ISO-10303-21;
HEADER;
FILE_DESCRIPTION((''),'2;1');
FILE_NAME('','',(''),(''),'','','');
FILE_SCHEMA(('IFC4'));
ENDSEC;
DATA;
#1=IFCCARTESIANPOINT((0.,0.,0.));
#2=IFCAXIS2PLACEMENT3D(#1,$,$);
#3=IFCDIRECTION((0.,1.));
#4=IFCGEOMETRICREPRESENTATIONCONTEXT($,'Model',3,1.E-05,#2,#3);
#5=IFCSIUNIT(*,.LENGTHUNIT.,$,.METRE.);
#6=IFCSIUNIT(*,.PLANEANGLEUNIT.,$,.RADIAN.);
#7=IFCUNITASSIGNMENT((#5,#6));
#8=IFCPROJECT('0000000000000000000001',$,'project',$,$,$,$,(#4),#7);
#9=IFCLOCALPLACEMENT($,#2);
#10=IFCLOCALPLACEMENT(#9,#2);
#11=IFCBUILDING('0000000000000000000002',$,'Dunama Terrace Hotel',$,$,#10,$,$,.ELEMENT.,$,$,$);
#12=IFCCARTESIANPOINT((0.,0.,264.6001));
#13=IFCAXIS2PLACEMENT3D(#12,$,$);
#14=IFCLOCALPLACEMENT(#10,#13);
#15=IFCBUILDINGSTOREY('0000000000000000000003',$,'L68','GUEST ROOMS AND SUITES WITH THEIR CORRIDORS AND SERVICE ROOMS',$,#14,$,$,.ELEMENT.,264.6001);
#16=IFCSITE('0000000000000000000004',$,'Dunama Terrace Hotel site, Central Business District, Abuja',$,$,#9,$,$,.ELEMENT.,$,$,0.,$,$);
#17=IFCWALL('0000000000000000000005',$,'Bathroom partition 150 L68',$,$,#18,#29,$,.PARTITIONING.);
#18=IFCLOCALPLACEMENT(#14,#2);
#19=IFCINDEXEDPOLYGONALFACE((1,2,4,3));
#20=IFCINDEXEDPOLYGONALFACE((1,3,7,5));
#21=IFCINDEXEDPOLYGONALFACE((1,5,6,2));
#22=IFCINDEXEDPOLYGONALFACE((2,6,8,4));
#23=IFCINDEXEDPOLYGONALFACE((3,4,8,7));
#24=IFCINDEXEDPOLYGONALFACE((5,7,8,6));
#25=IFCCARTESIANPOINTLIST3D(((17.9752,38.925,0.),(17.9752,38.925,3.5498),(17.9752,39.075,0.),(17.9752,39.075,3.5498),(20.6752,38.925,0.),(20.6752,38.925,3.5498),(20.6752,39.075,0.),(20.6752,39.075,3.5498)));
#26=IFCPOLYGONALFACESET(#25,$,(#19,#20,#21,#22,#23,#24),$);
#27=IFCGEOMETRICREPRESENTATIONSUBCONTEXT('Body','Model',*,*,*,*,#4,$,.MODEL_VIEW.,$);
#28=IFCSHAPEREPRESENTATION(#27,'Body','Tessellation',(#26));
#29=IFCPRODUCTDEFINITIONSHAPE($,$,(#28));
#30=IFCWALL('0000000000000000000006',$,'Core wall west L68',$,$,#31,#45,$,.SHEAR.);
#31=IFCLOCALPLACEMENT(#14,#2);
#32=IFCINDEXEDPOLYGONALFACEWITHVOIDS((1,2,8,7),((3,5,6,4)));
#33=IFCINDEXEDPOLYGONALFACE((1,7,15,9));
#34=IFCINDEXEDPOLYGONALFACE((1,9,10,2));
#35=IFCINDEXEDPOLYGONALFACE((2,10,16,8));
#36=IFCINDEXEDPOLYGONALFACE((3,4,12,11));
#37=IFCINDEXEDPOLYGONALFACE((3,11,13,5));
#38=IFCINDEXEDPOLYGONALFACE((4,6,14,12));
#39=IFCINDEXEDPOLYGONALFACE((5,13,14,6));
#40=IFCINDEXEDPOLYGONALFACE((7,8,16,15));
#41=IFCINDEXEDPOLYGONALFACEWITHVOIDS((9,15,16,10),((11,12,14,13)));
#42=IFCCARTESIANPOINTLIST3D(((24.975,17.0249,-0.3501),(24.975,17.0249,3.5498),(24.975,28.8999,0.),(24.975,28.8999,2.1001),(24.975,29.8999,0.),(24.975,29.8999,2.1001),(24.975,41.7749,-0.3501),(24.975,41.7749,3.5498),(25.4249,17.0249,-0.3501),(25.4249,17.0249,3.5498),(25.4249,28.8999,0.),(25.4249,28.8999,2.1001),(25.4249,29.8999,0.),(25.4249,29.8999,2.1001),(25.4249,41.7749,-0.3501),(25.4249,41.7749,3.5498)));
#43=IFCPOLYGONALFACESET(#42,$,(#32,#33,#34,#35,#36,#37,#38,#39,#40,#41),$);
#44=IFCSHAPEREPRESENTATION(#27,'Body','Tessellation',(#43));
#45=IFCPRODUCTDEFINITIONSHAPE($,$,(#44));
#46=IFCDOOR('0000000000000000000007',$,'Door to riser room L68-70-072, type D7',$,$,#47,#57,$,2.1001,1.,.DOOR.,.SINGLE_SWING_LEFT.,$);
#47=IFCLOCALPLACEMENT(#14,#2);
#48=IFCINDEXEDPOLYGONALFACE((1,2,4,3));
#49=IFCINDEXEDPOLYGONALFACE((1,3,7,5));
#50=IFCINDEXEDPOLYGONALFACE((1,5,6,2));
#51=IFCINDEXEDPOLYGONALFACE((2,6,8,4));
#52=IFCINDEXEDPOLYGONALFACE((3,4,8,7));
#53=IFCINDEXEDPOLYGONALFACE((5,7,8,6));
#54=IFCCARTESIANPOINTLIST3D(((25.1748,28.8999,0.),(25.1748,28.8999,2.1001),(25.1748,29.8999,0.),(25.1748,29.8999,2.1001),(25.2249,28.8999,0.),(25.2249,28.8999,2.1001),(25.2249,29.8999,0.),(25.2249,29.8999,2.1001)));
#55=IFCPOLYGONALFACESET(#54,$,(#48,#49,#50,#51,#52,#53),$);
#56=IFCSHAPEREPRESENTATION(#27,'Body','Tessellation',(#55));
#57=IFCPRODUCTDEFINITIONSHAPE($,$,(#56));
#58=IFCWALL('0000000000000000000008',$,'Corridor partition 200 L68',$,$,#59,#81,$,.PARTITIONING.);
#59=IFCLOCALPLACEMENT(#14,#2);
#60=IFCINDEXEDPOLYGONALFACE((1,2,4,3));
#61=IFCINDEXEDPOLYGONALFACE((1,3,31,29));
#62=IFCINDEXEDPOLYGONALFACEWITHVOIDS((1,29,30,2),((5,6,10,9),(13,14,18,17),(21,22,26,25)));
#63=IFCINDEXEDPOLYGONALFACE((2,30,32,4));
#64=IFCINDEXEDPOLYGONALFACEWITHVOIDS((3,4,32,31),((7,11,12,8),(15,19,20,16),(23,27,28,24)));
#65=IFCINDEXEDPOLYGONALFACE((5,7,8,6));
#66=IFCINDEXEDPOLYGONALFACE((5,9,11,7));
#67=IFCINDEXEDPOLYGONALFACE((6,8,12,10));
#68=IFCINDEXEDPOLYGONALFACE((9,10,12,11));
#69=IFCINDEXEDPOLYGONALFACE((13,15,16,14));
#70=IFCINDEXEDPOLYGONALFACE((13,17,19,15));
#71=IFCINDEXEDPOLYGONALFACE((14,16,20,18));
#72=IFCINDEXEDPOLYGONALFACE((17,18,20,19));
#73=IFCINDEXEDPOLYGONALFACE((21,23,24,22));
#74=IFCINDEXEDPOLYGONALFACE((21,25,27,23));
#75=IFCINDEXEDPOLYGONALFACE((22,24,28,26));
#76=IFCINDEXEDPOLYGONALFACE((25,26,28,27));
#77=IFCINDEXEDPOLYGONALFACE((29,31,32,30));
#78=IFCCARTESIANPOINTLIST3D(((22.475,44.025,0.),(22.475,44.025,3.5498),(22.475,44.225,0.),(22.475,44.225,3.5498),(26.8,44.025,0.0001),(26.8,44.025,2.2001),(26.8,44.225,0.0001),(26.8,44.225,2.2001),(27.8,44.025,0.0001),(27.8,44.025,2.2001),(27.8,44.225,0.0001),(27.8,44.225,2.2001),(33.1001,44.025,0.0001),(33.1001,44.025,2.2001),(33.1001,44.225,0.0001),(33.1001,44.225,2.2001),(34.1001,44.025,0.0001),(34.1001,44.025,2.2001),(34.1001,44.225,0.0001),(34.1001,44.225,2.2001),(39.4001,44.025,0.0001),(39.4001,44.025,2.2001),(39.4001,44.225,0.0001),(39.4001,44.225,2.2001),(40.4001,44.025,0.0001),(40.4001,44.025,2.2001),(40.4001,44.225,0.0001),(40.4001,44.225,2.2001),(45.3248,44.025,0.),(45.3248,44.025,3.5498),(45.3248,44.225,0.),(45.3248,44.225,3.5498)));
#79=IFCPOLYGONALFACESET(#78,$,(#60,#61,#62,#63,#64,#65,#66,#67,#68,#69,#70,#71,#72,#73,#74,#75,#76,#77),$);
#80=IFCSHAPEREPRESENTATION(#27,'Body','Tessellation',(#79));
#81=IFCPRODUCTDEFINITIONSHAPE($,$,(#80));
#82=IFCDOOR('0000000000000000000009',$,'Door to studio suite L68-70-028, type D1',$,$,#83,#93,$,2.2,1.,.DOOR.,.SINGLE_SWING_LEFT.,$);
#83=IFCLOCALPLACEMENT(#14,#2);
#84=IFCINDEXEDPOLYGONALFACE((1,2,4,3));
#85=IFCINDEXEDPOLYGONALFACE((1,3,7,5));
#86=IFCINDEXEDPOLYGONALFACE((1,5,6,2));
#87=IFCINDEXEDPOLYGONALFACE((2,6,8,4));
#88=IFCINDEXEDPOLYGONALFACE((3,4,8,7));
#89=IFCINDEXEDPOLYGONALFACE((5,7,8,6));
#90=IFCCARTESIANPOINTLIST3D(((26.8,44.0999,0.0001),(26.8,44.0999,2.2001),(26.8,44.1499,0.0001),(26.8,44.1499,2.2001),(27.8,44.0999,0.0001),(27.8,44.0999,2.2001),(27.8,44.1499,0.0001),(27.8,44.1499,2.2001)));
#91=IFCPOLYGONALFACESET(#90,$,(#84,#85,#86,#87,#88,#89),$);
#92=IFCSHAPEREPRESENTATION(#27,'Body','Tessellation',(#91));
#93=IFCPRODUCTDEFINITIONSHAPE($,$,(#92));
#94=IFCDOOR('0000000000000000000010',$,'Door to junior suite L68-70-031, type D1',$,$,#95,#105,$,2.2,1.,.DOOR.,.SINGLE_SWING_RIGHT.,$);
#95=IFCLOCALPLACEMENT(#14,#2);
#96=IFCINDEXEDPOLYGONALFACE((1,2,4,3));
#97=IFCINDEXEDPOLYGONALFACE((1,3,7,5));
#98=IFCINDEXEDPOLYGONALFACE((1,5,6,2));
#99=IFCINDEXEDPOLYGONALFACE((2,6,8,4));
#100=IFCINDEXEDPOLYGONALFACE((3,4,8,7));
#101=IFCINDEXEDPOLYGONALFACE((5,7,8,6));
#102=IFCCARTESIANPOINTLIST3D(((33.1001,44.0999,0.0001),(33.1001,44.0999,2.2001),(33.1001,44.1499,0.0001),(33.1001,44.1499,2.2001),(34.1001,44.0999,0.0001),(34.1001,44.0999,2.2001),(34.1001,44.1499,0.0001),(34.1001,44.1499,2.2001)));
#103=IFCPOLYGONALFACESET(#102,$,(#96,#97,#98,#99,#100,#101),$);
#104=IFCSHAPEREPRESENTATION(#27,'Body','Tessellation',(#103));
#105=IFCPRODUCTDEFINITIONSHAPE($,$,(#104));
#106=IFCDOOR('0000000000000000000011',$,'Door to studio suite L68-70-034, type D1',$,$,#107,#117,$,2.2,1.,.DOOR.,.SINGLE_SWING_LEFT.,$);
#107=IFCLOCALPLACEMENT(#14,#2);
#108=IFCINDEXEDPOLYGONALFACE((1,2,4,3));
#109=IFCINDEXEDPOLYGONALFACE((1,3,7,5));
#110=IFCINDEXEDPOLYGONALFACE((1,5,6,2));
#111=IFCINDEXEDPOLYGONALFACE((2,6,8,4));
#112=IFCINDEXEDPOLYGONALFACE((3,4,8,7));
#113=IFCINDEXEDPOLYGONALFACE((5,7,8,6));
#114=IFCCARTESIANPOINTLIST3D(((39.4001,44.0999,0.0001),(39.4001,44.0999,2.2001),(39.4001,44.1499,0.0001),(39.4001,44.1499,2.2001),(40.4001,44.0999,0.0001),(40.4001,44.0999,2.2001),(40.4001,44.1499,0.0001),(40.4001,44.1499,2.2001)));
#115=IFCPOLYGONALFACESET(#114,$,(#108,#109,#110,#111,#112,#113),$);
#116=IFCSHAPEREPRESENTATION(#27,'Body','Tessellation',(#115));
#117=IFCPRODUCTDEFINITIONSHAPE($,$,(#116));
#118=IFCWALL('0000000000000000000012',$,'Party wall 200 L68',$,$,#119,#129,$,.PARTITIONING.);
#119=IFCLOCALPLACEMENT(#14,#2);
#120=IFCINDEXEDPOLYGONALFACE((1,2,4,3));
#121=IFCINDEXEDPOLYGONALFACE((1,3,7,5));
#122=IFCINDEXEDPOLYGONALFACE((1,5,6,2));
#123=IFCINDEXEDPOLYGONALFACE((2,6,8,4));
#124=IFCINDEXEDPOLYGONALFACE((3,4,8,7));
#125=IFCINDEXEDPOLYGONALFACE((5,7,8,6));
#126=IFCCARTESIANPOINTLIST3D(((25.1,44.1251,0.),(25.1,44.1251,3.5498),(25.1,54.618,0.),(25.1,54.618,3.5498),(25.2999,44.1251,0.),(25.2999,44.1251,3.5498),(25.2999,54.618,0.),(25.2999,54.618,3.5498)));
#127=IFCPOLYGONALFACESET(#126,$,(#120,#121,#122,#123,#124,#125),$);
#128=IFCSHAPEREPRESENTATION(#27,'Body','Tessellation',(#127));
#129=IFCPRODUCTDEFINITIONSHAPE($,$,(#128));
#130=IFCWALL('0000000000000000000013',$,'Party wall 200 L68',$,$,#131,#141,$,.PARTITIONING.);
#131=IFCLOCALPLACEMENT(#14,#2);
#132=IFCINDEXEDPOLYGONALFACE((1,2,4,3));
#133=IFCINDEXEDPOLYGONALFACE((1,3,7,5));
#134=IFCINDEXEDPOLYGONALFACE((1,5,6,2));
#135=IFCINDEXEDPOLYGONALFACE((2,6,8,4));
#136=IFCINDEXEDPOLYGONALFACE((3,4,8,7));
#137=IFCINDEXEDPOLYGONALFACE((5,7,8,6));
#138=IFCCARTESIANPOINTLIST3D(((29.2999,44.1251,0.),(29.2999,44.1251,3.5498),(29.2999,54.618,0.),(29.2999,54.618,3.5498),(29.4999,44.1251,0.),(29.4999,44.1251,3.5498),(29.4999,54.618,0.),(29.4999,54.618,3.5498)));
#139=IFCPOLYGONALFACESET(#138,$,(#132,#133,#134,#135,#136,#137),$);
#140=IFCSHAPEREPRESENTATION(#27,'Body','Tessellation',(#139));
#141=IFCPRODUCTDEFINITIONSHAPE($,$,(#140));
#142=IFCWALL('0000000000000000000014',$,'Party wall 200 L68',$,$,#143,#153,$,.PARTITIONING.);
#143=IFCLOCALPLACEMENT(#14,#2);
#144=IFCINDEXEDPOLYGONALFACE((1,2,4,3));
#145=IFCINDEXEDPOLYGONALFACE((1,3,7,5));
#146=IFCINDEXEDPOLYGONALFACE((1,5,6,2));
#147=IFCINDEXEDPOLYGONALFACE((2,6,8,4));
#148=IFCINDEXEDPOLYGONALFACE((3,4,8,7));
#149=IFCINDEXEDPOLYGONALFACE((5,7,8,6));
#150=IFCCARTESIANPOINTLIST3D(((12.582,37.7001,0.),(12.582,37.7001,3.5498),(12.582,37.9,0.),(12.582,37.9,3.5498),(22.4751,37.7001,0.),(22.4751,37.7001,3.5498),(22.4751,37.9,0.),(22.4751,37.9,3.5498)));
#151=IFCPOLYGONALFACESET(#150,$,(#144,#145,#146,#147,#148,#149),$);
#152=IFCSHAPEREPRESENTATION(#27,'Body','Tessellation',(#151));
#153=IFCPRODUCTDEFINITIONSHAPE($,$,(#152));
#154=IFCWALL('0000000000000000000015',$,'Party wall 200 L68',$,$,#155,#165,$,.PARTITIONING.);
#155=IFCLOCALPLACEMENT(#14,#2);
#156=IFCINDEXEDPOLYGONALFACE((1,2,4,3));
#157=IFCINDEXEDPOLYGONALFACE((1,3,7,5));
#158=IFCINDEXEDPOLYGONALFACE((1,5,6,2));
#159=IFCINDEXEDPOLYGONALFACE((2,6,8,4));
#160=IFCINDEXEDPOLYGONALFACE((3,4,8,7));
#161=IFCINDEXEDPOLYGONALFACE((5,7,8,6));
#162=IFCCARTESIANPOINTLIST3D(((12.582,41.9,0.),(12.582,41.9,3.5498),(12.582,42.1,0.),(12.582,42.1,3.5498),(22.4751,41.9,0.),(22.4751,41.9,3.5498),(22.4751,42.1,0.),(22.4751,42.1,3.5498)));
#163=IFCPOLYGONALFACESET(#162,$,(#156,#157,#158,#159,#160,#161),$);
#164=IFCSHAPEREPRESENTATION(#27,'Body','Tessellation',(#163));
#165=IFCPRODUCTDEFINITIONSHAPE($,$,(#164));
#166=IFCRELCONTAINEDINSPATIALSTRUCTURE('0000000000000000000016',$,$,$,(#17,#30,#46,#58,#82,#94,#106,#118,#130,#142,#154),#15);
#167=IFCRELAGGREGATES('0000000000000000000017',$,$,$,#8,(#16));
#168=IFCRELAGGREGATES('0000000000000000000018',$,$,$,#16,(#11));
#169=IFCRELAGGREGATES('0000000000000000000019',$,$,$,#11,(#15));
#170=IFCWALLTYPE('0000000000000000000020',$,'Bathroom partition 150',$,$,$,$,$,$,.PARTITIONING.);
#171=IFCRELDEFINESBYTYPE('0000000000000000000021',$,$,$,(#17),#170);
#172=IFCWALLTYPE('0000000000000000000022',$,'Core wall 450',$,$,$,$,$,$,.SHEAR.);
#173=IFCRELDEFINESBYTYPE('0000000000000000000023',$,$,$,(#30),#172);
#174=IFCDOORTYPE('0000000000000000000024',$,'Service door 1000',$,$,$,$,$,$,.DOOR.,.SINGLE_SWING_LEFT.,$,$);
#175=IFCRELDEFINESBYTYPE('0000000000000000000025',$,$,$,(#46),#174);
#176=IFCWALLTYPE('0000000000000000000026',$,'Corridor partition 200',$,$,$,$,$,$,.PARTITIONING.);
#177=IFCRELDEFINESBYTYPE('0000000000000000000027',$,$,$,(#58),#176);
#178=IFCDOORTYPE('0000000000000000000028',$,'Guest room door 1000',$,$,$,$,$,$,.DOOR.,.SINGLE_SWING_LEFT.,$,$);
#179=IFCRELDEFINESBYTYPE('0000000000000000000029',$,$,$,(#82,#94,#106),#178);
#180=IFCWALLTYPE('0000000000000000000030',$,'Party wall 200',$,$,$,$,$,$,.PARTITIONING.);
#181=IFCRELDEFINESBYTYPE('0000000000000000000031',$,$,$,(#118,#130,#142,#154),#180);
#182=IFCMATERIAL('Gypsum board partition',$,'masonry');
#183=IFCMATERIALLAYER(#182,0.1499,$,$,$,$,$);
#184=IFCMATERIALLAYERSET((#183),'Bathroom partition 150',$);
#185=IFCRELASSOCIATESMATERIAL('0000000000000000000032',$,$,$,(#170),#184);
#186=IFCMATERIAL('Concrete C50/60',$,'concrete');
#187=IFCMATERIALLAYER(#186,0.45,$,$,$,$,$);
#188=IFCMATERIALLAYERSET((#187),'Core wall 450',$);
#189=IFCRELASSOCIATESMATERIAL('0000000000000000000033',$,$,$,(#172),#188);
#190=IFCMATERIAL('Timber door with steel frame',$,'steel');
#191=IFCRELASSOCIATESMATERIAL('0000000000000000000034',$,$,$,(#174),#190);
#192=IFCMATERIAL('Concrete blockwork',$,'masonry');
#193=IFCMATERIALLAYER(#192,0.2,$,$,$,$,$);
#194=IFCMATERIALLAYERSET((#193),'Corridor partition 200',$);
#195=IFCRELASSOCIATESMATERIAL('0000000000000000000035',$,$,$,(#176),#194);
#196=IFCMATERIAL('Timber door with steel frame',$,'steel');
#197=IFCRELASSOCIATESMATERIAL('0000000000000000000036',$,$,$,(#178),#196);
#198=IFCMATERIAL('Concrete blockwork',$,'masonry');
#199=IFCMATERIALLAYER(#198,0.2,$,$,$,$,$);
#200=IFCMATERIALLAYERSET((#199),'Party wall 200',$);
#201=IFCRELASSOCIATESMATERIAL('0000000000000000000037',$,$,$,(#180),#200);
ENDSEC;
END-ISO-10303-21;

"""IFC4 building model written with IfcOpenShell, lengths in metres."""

from ifc_helpers import new_model, si_unit, direction, frame, frame_2d, origin, place, context, subcontext, project, spatial, rectangle, extrude, material, layer, layer_set, type_object, element, fill, save


model = new_model("IFC4")

# Units and contexts
model_context = context("Model", 3, precision=1e-05, world=origin(), true_north=direction((0.0, 1.0)))
body_context = subcontext(model_context, "Body", "Model", "MODEL_VIEW")
ifc_project = project(units=[si_unit("LENGTHUNIT", "METRE"), si_unit("PLANEANGLEUNIT", "RADIAN")], contexts=[model_context])

# Site, building, storey
site_placement = place(None, origin())
site = spatial("IfcSite", under=ifc_project, at=site_placement, Name="Dunama Terrace Hotel site, Central Business District, Abuja", CompositionType="ELEMENT", RefElevation=0.0)
building_placement = place(site_placement, origin())
building = spatial("IfcBuilding", under=site, at=building_placement, Name="Dunama Terrace Hotel", CompositionType="ELEMENT")
storey_placement = place(building_placement, frame((0.0, 0.0, 264.6001)))
storey = spatial("IfcBuildingStorey", under=building, at=storey_placement, Name="L68", Description="GUEST ROOMS AND SUITES WITH THEIR CORRIDORS AND SERVICE ROOMS", CompositionType="ELEMENT", Elevation=264.6001)

# Shared definitions
ifc_material_1 = material(Name="Gypsum board partition", Category="masonry")
ifc_layer_1 = layer(ifc_material_1, 0.1499)
ifc_layer_set_1 = layer_set([ifc_layer_1], Name="Bathroom partition 150")
wall_type_1 = type_object("IfcWallType", Name="Bathroom partition 150", PredefinedType="PARTITIONING", material=ifc_layer_set_1)

# Wall
wall_1_placement = place(storey_placement, frame((17.9751, 39.0, 0.0), z_axis=(0.0, 0.0, 1.0), x_axis=(1.0, 0.0, 0.0)))
element("IfcWall", 1, at=wall_1_placement, inside=storey, type_object=wall_type_1, Name="Bathroom partition 150 L68", PredefinedType="PARTITIONING", context=body_context, shape_type="SweptSolid", body=[
    extrude(rectangle(XDim=2.7, YDim=0.1499, at=frame_2d((1.3501, 0.0))), origin(), (0.0, 0.0, 1.0), 3.5498),
])

# Wall, opening, door
ifc_material_2 = material(Name="Concrete C50/60", Category="concrete")
ifc_layer_2 = layer(ifc_material_2, 0.45)
ifc_layer_set_2 = layer_set([ifc_layer_2], Name="Core wall 450")
wall_type_2 = type_object("IfcWallType", Name="Core wall 450", PredefinedType="SHEAR", material=ifc_layer_set_2)
wall_2_placement = place(storey_placement, frame((25.2, 41.7749, -0.3501), z_axis=(0.0, 0.0, 1.0), x_axis=(0.0, -1.0, 0.0)))
wall_2 = element("IfcWall", 2, at=wall_2_placement, inside=storey, type_object=wall_type_2, Name="Core wall west L68", PredefinedType="SHEAR", context=body_context, shape_type="SweptSolid", body=[
    extrude(rectangle(XDim=24.75, YDim=0.45, at=frame_2d((12.375, 0.0))), origin(), (0.0, 0.0, 1.0), 3.8999),
])
opening_1_placement = place(wall_2_placement, frame((11.875, 0.0, 0.3501)))
opening_1 = element("IfcOpeningElement", 3, at=opening_1_placement, cuts=wall_2, PredefinedType="OPENING", context=body_context, shape_type="SweptSolid", body=[
    extrude(rectangle(XDim=1.0, YDim=2.1001, at=frame_2d((0.5, 1.05))), frame((0.0, 0.2349, 0.0), z_axis=(0.0, -1.0, 0.0), x_axis=(1.0, 0.0, 0.0)), (0.0, 0.0, 1.0), 0.47),
])
ifc_material_3 = material(Name="Timber door with steel frame", Category="steel")
door_type_1 = type_object("IfcDoorType", Name="Service door 1000", OperationType="SINGLE_SWING_LEFT", PredefinedType="DOOR", material=ifc_material_3)
door_1_placement = place(opening_1_placement, origin())
door_1 = element("IfcDoor", 4, at=door_1_placement, inside=storey, type_object=door_type_1, Name="Door to riser room L68-70-072, type D7", OperationType="SINGLE_SWING_LEFT", OverallHeight=2.1001, OverallWidth=1.0, PredefinedType="DOOR", context=body_context, shape_type="SweptSolid", body=[
    extrude(rectangle(XDim=1.0, YDim=2.1001, at=frame_2d((0.5, 1.05))), frame((0.0, 0.0249, 0.0), z_axis=(0.0, -1.0, 0.0), x_axis=(1.0, 0.0, 0.0)), (0.0, 0.0, 1.0), 0.05),
])
fill(opening_1, door_1)

# Wall, openings, doors
ifc_material_4 = material(Name="Concrete blockwork", Category="masonry")
ifc_layer_3 = layer(ifc_material_4, 0.2)
ifc_layer_set_3 = layer_set([ifc_layer_3], Name="Corridor partition 200")
wall_type_3 = type_object("IfcWallType", Name="Corridor partition 200", PredefinedType="PARTITIONING", material=ifc_layer_set_3)
wall_3_placement = place(storey_placement, frame((22.4751, 44.125, 0.0), z_axis=(0.0, 0.0, 1.0), x_axis=(1.0, 0.0, 0.0)))
wall_3 = element("IfcWall", 5, at=wall_3_placement, inside=storey, type_object=wall_type_3, Name="Corridor partition 200 L68", PredefinedType="PARTITIONING", context=body_context, shape_type="SweptSolid", body=[
    extrude(rectangle(XDim=22.8499, YDim=0.2, at=frame_2d((11.4248, 0.0))), origin(), (0.0, 0.0, 1.0), 3.5498),
])
opening_2_placement = place(wall_3_placement, frame((4.325, 0.0, 0.0)))
opening_2 = element("IfcOpeningElement", 6, at=opening_2_placement, cuts=wall_3, PredefinedType="OPENING", context=body_context, shape_type="SweptSolid", body=[
    extrude(rectangle(XDim=1.0, YDim=2.2, at=frame_2d((0.5, 1.1001))), frame((0.0, 0.1099, 0.0), z_axis=(0.0, -1.0, 0.0), x_axis=(1.0, 0.0, 0.0)), (0.0, 0.0, 1.0), 0.22),
])
opening_3_placement = place(wall_3_placement, frame((10.625, 0.0, 0.0)))
opening_3 = element("IfcOpeningElement", 7, at=opening_3_placement, cuts=wall_3, PredefinedType="OPENING", context=body_context, shape_type="SweptSolid", body=[
    extrude(rectangle(XDim=1.0, YDim=2.2, at=frame_2d((0.5, 1.1001))), frame((0.0, 0.1099, 0.0), z_axis=(0.0, -1.0, 0.0), x_axis=(1.0, 0.0, 0.0)), (0.0, 0.0, 1.0), 0.22),
])
opening_4_placement = place(wall_3_placement, frame((16.925, 0.0, 0.0)))
opening_4 = element("IfcOpeningElement", 8, at=opening_4_placement, cuts=wall_3, PredefinedType="OPENING", context=body_context, shape_type="SweptSolid", body=[
    extrude(rectangle(XDim=1.0, YDim=2.2, at=frame_2d((0.5, 1.1001))), frame((0.0, 0.1099, 0.0), z_axis=(0.0, -1.0, 0.0), x_axis=(1.0, 0.0, 0.0)), (0.0, 0.0, 1.0), 0.22),
])
ifc_material_5 = material(Name="Timber door with steel frame", Category="steel")
door_type_2 = type_object("IfcDoorType", Name="Guest room door 1000", OperationType="SINGLE_SWING_LEFT", PredefinedType="DOOR", material=ifc_material_5)
door_2_placement = place(opening_2_placement, origin())
door_2 = element("IfcDoor", 9, at=door_2_placement, inside=storey, type_object=door_type_2, Name="Door to studio suite L68-70-028, type D1", OperationType="SINGLE_SWING_LEFT", OverallHeight=2.2, OverallWidth=1.0, PredefinedType="DOOR", context=body_context, shape_type="SweptSolid", body=[
    extrude(rectangle(XDim=1.0, YDim=2.2, at=frame_2d((0.5, 1.1001))), frame((0.0, 0.0249, 0.0), z_axis=(0.0, -1.0, 0.0), x_axis=(1.0, 0.0, 0.0)), (0.0, 0.0, 1.0), 0.05),
])
fill(opening_2, door_2)
door_3_placement = place(opening_3_placement, origin())
door_3 = element("IfcDoor", 10, at=door_3_placement, inside=storey, type_object=door_type_2, Name="Door to junior suite L68-70-031, type D1", OperationType="SINGLE_SWING_RIGHT", OverallHeight=2.2, OverallWidth=1.0, PredefinedType="DOOR", context=body_context, shape_type="SweptSolid", body=[
    extrude(rectangle(XDim=1.0, YDim=2.2, at=frame_2d((0.5, 1.1001))), frame((0.0, 0.0249, 0.0), z_axis=(0.0, -1.0, 0.0), x_axis=(1.0, 0.0, 0.0)), (0.0, 0.0, 1.0), 0.05),
])
fill(opening_3, door_3)
door_4_placement = place(opening_4_placement, origin())
door_4 = element("IfcDoor", 11, at=door_4_placement, inside=storey, type_object=door_type_2, Name="Door to studio suite L68-70-034, type D1", OperationType="SINGLE_SWING_LEFT", OverallHeight=2.2, OverallWidth=1.0, PredefinedType="DOOR", context=body_context, shape_type="SweptSolid", body=[
    extrude(rectangle(XDim=1.0, YDim=2.2, at=frame_2d((0.5, 1.1001))), frame((0.0, 0.0249, 0.0), z_axis=(0.0, -1.0, 0.0), x_axis=(1.0, 0.0, 0.0)), (0.0, 0.0, 1.0), 0.05),
])
fill(opening_4, door_4)

# Walls
ifc_material_6 = material(Name="Concrete blockwork", Category="masonry")
ifc_layer_4 = layer(ifc_material_6, 0.2)
ifc_layer_set_4 = layer_set([ifc_layer_4], Name="Party wall 200")
wall_type_4 = type_object("IfcWallType", Name="Party wall 200", PredefinedType="PARTITIONING", material=ifc_layer_set_4)
for number, where, z_axis, x_axis, name in (
    (12, (25.2, 44.125, 0.0), (0.0, 0.0, 1.0), (0.0, 1.0, 0.0), "Party wall 200 L68"),
    (13, (29.3999, 44.125, 0.0), (0.0, 0.0, 1.0), (0.0, 1.0, 0.0), "Party wall 200 L68"),
):
    element("IfcWall", number, at=place(storey_placement, frame(where, z_axis=z_axis, x_axis=x_axis)), inside=storey, type_object=wall_type_4, Name=name, PredefinedType="PARTITIONING", context=body_context, shape_type="SweptSolid", body=[
        extrude(rectangle(XDim=10.4929, YDim=0.2, at=frame_2d((5.2466, 0.0))), origin(), (0.0, 0.0, 1.0), 3.5498),
    ])
for number, where, z_axis, x_axis, name in (
    (14, (12.582, 37.8, 0.0), (0.0, 0.0, 1.0), (1.0, 0.0, 0.0), "Party wall 200 L68"),
    (15, (12.582, 42.0, 0.0), (0.0, 0.0, 1.0), (1.0, 0.0, 0.0), "Party wall 200 L68"),
):
    element("IfcWall", number, at=place(storey_placement, frame(where, z_axis=z_axis, x_axis=x_axis)), inside=storey, type_object=wall_type_4, Name=name, PredefinedType="PARTITIONING", context=body_context, shape_type="SweptSolid", body=[
        extrude(rectangle(XDim=9.8931, YDim=0.2, at=frame_2d((4.9465, 0.0))), origin(), (0.0, 0.0, 1.0), 3.5498),
    ])

save(model, "model.ifc")
